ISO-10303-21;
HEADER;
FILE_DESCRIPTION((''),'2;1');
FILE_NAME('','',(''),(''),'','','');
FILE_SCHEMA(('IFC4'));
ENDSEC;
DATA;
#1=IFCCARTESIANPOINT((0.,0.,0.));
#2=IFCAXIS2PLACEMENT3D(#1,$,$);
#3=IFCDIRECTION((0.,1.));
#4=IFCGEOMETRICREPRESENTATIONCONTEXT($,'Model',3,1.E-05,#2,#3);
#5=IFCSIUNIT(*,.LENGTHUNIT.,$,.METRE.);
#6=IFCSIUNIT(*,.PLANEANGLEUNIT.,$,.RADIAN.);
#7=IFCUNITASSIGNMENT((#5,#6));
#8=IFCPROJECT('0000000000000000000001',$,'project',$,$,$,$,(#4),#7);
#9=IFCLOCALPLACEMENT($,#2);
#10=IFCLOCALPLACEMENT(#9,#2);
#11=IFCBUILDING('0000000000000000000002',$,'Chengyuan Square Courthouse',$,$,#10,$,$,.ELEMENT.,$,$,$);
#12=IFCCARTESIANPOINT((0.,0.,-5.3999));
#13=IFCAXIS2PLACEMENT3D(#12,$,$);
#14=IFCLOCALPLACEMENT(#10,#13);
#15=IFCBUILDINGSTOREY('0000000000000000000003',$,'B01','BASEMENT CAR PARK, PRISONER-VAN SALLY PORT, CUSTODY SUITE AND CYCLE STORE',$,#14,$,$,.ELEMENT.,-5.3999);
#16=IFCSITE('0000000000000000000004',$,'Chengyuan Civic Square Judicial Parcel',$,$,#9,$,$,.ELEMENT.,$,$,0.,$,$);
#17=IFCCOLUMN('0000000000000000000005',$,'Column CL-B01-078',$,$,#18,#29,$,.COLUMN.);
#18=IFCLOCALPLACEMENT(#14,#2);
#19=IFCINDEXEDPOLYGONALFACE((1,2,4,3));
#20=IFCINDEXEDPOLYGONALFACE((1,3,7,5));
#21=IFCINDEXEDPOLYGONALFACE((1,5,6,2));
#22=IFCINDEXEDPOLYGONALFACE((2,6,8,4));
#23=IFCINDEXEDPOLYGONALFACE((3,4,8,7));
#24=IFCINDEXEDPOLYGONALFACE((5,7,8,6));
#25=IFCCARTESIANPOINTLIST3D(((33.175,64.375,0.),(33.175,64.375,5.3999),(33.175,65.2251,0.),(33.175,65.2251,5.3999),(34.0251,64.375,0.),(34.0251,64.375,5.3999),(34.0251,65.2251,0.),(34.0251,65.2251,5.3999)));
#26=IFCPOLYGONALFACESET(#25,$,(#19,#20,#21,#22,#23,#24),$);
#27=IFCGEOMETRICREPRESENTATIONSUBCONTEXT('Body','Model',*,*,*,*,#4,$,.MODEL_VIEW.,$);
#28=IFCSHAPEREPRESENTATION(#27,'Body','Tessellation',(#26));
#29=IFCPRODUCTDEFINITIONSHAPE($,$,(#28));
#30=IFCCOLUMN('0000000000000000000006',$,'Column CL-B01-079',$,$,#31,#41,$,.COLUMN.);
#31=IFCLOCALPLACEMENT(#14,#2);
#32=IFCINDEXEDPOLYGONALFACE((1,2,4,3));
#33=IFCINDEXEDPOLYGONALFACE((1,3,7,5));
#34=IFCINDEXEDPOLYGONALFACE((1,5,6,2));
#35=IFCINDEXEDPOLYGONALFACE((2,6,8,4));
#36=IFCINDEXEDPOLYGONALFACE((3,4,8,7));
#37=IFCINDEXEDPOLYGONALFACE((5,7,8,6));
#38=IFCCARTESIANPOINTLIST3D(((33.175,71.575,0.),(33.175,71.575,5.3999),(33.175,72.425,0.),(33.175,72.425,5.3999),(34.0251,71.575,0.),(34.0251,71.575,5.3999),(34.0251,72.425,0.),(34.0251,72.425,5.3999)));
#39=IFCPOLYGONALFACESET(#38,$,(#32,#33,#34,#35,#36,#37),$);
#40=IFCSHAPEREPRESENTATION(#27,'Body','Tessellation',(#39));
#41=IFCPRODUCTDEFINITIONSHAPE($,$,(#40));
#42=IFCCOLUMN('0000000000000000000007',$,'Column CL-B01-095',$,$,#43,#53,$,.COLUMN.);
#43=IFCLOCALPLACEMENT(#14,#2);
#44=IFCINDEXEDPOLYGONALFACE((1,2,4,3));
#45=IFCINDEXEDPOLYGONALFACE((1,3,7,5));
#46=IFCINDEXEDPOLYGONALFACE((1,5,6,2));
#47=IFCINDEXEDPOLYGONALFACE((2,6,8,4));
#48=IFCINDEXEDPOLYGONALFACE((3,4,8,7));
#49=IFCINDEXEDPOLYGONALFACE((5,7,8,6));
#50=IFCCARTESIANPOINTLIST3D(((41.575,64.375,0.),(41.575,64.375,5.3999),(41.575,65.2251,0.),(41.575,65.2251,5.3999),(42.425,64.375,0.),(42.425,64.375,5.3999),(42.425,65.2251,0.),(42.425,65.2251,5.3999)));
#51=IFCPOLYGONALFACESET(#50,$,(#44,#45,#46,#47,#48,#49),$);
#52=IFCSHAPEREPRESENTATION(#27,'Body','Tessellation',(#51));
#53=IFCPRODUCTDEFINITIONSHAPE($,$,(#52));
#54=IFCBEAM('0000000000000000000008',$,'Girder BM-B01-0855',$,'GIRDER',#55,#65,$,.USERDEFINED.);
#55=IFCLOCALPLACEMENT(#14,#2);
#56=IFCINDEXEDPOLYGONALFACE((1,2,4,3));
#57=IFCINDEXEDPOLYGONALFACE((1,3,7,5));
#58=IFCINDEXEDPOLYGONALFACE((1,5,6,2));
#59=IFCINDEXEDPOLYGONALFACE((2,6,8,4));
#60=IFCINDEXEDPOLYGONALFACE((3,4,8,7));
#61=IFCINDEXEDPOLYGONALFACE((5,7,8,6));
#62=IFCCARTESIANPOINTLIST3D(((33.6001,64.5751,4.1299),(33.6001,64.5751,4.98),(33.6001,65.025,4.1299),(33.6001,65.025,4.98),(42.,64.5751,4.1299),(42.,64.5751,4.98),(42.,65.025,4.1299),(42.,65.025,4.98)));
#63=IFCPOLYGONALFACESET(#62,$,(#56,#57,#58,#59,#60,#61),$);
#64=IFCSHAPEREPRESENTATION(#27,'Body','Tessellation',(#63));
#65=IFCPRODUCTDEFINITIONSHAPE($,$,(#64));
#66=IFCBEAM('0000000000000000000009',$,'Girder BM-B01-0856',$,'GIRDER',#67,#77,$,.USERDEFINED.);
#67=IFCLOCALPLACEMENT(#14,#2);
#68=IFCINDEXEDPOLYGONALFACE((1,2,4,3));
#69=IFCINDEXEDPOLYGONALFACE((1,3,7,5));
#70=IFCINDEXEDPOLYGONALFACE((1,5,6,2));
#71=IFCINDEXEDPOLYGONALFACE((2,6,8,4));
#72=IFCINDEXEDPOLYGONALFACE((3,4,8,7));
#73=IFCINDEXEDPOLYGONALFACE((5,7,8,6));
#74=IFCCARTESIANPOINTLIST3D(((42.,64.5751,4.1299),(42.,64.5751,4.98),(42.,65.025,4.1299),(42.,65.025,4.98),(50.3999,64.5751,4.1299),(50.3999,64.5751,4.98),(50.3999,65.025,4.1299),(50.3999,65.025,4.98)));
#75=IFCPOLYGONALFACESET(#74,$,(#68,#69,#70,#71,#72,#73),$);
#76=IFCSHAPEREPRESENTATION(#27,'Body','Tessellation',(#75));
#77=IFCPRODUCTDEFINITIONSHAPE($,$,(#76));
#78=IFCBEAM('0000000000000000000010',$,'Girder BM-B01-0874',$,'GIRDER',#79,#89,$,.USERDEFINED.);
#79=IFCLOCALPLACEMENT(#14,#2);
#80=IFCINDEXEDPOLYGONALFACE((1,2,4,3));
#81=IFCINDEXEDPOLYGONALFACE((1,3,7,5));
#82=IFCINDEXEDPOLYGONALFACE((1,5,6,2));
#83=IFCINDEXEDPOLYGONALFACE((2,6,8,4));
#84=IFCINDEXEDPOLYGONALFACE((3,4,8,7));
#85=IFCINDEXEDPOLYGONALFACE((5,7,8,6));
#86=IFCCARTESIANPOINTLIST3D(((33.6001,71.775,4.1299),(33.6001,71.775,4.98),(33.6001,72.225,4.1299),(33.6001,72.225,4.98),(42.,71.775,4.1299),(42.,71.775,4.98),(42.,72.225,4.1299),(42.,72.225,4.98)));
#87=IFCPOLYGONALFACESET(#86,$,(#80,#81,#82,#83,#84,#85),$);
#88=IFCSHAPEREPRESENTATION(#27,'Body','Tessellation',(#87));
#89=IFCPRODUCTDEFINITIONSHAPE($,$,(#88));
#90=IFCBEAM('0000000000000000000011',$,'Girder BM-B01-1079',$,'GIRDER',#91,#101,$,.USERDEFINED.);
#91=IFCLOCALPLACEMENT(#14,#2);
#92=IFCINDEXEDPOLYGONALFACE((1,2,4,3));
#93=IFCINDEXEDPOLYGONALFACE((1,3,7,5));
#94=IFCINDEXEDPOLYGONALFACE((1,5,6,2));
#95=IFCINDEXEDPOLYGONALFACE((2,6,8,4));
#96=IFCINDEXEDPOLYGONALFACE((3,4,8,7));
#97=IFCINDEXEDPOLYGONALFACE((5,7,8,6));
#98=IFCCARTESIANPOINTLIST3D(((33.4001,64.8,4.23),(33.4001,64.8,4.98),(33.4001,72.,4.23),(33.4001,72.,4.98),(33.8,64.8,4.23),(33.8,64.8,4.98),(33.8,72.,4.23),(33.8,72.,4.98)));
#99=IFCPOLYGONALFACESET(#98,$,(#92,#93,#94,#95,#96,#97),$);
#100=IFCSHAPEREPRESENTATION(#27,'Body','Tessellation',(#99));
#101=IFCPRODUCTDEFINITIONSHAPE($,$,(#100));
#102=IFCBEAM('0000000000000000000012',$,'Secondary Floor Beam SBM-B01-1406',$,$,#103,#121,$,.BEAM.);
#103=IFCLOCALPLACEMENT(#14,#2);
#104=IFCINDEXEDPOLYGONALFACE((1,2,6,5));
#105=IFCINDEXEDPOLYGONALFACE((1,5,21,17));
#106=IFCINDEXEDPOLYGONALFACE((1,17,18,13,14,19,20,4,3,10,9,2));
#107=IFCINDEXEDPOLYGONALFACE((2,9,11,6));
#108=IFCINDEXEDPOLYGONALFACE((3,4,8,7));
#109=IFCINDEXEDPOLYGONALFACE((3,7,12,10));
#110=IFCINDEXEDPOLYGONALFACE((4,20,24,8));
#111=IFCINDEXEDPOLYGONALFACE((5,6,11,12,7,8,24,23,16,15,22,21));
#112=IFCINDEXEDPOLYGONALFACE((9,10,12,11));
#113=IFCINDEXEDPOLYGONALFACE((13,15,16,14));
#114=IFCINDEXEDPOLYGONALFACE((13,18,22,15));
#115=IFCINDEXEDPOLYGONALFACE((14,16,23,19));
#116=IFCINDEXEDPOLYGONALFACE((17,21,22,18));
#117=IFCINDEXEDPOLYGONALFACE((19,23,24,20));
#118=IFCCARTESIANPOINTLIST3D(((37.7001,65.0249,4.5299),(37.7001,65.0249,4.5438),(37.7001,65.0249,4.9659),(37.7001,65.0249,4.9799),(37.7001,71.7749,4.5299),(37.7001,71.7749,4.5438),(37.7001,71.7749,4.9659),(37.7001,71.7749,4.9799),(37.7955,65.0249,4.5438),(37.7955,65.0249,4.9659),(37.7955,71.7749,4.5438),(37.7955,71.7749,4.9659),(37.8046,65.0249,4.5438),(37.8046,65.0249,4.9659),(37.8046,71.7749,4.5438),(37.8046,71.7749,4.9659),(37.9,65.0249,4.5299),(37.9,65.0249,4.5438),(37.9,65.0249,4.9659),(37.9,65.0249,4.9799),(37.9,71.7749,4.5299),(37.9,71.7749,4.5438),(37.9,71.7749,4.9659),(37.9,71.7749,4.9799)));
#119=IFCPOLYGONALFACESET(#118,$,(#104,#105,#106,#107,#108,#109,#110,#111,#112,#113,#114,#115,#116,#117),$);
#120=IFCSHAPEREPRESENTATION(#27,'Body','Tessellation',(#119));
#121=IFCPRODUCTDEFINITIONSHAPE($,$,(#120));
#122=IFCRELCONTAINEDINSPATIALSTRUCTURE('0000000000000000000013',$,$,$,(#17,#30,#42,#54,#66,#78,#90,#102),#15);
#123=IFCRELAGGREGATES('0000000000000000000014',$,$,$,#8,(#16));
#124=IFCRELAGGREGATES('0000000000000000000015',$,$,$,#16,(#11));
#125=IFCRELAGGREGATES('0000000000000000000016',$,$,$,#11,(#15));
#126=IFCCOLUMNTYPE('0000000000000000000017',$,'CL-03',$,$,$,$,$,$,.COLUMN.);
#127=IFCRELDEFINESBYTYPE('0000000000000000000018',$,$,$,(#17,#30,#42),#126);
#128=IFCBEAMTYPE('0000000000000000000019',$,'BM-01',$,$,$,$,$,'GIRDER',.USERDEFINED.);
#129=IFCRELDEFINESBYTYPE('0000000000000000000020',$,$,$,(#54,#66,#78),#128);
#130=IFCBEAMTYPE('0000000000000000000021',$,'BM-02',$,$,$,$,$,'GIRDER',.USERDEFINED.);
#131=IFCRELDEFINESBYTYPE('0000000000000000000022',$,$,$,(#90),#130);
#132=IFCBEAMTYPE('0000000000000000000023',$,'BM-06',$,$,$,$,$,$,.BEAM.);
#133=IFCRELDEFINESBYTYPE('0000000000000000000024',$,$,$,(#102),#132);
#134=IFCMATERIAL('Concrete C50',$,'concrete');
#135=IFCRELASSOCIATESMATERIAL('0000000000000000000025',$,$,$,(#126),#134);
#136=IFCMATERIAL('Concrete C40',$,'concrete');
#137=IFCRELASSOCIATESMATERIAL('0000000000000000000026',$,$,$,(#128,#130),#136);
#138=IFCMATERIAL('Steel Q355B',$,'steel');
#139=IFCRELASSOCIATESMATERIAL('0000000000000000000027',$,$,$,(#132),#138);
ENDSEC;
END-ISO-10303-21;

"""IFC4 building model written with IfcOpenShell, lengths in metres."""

from ifc_helpers import new_model, si_unit, direction, frame, origin, origin_2d, place, context, subcontext, project, spatial, rectangle, i_section, extrude, material, material_profile, profile_set, type_object, element, save


model = new_model("IFC4")

# Units and contexts
model_context = context("Model", 3, precision=1e-05, world=origin(), true_north=direction((0.0, 1.0)))
body_context = subcontext(model_context, "Body", "Model", "MODEL_VIEW")
ifc_project = project(units=[si_unit("LENGTHUNIT", "METRE"), si_unit("PLANEANGLEUNIT", "RADIAN")], contexts=[model_context])

# Site, building, storey
site_placement = place(None, origin())
site = spatial("IfcSite", under=ifc_project, at=site_placement, Name="Chengyuan Civic Square Judicial Parcel", CompositionType="ELEMENT", RefElevation=0.0)
building_placement = place(site_placement, origin())
building = spatial("IfcBuilding", under=site, at=building_placement, Name="Chengyuan Square Courthouse", CompositionType="ELEMENT")
storey_placement = place(building_placement, frame((0.0, 0.0, -5.3999)))
storey = spatial("IfcBuildingStorey", under=building, at=storey_placement, Name="B01", Description="BASEMENT CAR PARK, PRISONER-VAN SALLY PORT, CUSTODY SUITE AND CYCLE STORE", CompositionType="ELEMENT", Elevation=-5.3999)

# Columns
ifc_material_1 = material(Name="Concrete C50", Category="concrete")
ifc_material_profile_1 = material_profile(ifc_material_1, rectangle(XDim=0.8501, YDim=0.8501, at=origin_2d()), Name="RC-COL-850x850")
ifc_profile_set_1 = profile_set([ifc_material_profile_1], Name="Concrete C50")
column_type = type_object("IfcColumnType", Name="CL-03", PredefinedType="COLUMN", material=ifc_profile_set_1)
for number, where, z_axis, x_axis, name in (
    (1, (33.6001, 64.8, 0.0), (0.0, 0.0, 1.0), (1.0, 0.0, 0.0), "Column CL-B01-078"),
    (2, (33.6001, 72.0, 0.0), (0.0, 0.0, 1.0), (1.0, 0.0, 0.0), "Column CL-B01-079"),
    (3, (42.0, 64.8, 0.0), (0.0, 0.0, 1.0), (1.0, 0.0, 0.0), "Column CL-B01-095"),
):
    element("IfcColumn", number, at=place(storey_placement, frame(where, z_axis=z_axis, x_axis=x_axis)), inside=storey, type_object=column_type, Name=name, PredefinedType="COLUMN", context=body_context, shape_type="SweptSolid", body=[
        extrude(rectangle(XDim=0.8501, YDim=0.8501, at=origin_2d()), origin(), (0.0, 0.0, 1.0), 5.3999),
    ])

# Beams
ifc_material_2 = material(Name="Concrete C40", Category="concrete")
ifc_material_profile_2 = material_profile(ifc_material_2, rectangle(XDim=0.45, YDim=0.8501, at=origin_2d()), Name="RC-BM-450x850")
ifc_profile_set_2 = profile_set([ifc_material_profile_2], Name="Concrete C40")
beam_type_1 = type_object("IfcBeamType", Name="BM-01", ElementType="GIRDER", PredefinedType="USERDEFINED", material=ifc_profile_set_2)
for number, where, z_axis, x_axis, name in (
    (4, (33.6001, 64.8, 4.5549), (1.0, 0.0, 0.0), (0.0, 1.0, 0.0), "Girder BM-B01-0855"),
    (5, (42.0, 64.8, 4.5549), (1.0, 0.0, 0.0), (0.0, 1.0, 0.0), "Girder BM-B01-0856"),
    (6, (33.6001, 72.0, 4.5549), (1.0, 0.0, 0.0), (0.0, 1.0, 0.0), "Girder BM-B01-0874"),
):
    element("IfcBeam", number, at=place(storey_placement, frame(where, z_axis=z_axis, x_axis=x_axis)), inside=storey, type_object=beam_type_1, Name=name, ObjectType="GIRDER", PredefinedType="USERDEFINED", context=body_context, shape_type="SweptSolid", body=[
        extrude(rectangle(XDim=0.45, YDim=0.8501, at=origin_2d()), origin(), (0.0, 0.0, 1.0), 8.3999),
    ])
ifc_material_profile_3 = material_profile(ifc_material_2, rectangle(XDim=0.3999, YDim=0.75, at=origin_2d()), Name="RC-BM-400x750")
ifc_profile_set_3 = profile_set([ifc_material_profile_3], Name="Concrete C40")
beam_type_2 = type_object("IfcBeamType", Name="BM-02", ElementType="GIRDER", PredefinedType="USERDEFINED", material=ifc_profile_set_3)
beam_1_placement = place(storey_placement, frame((33.6001, 64.8, 4.605), z_axis=(0.0, 1.0, 0.0), x_axis=(-1.0, 0.0, 0.0)))
element("IfcBeam", 7, at=beam_1_placement, inside=storey, type_object=beam_type_2, Name="Girder BM-B01-1079", ObjectType="GIRDER", PredefinedType="USERDEFINED", context=body_context, shape_type="SweptSolid", body=[
    extrude(rectangle(XDim=0.3999, YDim=0.75, at=origin_2d()), origin(), (0.0, 0.0, 1.0), 7.2),
])
ifc_material_3 = material(Name="Steel Q355B", Category="steel")
ifc_material_profile_4 = material_profile(ifc_material_3, i_section(OverallWidth=0.2, OverallDepth=0.45, WebThickness=0.009, FlangeThickness=0.0139, at=origin_2d()), Name="HN 450x200x9x14")
ifc_profile_set_4 = profile_set([ifc_material_profile_4], Name="Steel Q355B")
beam_type_3 = type_object("IfcBeamType", Name="BM-06", PredefinedType="BEAM", material=ifc_profile_set_4)
beam_2_placement = place(storey_placement, frame((37.8, 65.0249, 4.7549), z_axis=(0.0, 1.0, 0.0), x_axis=(-1.0, 0.0, 0.0)))
element("IfcBeam", 8, at=beam_2_placement, inside=storey, type_object=beam_type_3, Name="Secondary Floor Beam SBM-B01-1406", PredefinedType="BEAM", context=body_context, shape_type="SweptSolid", body=[
    extrude(i_section(OverallWidth=0.2, OverallDepth=0.45, WebThickness=0.009, FlangeThickness=0.0139, at=origin_2d()), origin(), (0.0, 0.0, 1.0), 6.75),
])

save(model, "model.ifc")
